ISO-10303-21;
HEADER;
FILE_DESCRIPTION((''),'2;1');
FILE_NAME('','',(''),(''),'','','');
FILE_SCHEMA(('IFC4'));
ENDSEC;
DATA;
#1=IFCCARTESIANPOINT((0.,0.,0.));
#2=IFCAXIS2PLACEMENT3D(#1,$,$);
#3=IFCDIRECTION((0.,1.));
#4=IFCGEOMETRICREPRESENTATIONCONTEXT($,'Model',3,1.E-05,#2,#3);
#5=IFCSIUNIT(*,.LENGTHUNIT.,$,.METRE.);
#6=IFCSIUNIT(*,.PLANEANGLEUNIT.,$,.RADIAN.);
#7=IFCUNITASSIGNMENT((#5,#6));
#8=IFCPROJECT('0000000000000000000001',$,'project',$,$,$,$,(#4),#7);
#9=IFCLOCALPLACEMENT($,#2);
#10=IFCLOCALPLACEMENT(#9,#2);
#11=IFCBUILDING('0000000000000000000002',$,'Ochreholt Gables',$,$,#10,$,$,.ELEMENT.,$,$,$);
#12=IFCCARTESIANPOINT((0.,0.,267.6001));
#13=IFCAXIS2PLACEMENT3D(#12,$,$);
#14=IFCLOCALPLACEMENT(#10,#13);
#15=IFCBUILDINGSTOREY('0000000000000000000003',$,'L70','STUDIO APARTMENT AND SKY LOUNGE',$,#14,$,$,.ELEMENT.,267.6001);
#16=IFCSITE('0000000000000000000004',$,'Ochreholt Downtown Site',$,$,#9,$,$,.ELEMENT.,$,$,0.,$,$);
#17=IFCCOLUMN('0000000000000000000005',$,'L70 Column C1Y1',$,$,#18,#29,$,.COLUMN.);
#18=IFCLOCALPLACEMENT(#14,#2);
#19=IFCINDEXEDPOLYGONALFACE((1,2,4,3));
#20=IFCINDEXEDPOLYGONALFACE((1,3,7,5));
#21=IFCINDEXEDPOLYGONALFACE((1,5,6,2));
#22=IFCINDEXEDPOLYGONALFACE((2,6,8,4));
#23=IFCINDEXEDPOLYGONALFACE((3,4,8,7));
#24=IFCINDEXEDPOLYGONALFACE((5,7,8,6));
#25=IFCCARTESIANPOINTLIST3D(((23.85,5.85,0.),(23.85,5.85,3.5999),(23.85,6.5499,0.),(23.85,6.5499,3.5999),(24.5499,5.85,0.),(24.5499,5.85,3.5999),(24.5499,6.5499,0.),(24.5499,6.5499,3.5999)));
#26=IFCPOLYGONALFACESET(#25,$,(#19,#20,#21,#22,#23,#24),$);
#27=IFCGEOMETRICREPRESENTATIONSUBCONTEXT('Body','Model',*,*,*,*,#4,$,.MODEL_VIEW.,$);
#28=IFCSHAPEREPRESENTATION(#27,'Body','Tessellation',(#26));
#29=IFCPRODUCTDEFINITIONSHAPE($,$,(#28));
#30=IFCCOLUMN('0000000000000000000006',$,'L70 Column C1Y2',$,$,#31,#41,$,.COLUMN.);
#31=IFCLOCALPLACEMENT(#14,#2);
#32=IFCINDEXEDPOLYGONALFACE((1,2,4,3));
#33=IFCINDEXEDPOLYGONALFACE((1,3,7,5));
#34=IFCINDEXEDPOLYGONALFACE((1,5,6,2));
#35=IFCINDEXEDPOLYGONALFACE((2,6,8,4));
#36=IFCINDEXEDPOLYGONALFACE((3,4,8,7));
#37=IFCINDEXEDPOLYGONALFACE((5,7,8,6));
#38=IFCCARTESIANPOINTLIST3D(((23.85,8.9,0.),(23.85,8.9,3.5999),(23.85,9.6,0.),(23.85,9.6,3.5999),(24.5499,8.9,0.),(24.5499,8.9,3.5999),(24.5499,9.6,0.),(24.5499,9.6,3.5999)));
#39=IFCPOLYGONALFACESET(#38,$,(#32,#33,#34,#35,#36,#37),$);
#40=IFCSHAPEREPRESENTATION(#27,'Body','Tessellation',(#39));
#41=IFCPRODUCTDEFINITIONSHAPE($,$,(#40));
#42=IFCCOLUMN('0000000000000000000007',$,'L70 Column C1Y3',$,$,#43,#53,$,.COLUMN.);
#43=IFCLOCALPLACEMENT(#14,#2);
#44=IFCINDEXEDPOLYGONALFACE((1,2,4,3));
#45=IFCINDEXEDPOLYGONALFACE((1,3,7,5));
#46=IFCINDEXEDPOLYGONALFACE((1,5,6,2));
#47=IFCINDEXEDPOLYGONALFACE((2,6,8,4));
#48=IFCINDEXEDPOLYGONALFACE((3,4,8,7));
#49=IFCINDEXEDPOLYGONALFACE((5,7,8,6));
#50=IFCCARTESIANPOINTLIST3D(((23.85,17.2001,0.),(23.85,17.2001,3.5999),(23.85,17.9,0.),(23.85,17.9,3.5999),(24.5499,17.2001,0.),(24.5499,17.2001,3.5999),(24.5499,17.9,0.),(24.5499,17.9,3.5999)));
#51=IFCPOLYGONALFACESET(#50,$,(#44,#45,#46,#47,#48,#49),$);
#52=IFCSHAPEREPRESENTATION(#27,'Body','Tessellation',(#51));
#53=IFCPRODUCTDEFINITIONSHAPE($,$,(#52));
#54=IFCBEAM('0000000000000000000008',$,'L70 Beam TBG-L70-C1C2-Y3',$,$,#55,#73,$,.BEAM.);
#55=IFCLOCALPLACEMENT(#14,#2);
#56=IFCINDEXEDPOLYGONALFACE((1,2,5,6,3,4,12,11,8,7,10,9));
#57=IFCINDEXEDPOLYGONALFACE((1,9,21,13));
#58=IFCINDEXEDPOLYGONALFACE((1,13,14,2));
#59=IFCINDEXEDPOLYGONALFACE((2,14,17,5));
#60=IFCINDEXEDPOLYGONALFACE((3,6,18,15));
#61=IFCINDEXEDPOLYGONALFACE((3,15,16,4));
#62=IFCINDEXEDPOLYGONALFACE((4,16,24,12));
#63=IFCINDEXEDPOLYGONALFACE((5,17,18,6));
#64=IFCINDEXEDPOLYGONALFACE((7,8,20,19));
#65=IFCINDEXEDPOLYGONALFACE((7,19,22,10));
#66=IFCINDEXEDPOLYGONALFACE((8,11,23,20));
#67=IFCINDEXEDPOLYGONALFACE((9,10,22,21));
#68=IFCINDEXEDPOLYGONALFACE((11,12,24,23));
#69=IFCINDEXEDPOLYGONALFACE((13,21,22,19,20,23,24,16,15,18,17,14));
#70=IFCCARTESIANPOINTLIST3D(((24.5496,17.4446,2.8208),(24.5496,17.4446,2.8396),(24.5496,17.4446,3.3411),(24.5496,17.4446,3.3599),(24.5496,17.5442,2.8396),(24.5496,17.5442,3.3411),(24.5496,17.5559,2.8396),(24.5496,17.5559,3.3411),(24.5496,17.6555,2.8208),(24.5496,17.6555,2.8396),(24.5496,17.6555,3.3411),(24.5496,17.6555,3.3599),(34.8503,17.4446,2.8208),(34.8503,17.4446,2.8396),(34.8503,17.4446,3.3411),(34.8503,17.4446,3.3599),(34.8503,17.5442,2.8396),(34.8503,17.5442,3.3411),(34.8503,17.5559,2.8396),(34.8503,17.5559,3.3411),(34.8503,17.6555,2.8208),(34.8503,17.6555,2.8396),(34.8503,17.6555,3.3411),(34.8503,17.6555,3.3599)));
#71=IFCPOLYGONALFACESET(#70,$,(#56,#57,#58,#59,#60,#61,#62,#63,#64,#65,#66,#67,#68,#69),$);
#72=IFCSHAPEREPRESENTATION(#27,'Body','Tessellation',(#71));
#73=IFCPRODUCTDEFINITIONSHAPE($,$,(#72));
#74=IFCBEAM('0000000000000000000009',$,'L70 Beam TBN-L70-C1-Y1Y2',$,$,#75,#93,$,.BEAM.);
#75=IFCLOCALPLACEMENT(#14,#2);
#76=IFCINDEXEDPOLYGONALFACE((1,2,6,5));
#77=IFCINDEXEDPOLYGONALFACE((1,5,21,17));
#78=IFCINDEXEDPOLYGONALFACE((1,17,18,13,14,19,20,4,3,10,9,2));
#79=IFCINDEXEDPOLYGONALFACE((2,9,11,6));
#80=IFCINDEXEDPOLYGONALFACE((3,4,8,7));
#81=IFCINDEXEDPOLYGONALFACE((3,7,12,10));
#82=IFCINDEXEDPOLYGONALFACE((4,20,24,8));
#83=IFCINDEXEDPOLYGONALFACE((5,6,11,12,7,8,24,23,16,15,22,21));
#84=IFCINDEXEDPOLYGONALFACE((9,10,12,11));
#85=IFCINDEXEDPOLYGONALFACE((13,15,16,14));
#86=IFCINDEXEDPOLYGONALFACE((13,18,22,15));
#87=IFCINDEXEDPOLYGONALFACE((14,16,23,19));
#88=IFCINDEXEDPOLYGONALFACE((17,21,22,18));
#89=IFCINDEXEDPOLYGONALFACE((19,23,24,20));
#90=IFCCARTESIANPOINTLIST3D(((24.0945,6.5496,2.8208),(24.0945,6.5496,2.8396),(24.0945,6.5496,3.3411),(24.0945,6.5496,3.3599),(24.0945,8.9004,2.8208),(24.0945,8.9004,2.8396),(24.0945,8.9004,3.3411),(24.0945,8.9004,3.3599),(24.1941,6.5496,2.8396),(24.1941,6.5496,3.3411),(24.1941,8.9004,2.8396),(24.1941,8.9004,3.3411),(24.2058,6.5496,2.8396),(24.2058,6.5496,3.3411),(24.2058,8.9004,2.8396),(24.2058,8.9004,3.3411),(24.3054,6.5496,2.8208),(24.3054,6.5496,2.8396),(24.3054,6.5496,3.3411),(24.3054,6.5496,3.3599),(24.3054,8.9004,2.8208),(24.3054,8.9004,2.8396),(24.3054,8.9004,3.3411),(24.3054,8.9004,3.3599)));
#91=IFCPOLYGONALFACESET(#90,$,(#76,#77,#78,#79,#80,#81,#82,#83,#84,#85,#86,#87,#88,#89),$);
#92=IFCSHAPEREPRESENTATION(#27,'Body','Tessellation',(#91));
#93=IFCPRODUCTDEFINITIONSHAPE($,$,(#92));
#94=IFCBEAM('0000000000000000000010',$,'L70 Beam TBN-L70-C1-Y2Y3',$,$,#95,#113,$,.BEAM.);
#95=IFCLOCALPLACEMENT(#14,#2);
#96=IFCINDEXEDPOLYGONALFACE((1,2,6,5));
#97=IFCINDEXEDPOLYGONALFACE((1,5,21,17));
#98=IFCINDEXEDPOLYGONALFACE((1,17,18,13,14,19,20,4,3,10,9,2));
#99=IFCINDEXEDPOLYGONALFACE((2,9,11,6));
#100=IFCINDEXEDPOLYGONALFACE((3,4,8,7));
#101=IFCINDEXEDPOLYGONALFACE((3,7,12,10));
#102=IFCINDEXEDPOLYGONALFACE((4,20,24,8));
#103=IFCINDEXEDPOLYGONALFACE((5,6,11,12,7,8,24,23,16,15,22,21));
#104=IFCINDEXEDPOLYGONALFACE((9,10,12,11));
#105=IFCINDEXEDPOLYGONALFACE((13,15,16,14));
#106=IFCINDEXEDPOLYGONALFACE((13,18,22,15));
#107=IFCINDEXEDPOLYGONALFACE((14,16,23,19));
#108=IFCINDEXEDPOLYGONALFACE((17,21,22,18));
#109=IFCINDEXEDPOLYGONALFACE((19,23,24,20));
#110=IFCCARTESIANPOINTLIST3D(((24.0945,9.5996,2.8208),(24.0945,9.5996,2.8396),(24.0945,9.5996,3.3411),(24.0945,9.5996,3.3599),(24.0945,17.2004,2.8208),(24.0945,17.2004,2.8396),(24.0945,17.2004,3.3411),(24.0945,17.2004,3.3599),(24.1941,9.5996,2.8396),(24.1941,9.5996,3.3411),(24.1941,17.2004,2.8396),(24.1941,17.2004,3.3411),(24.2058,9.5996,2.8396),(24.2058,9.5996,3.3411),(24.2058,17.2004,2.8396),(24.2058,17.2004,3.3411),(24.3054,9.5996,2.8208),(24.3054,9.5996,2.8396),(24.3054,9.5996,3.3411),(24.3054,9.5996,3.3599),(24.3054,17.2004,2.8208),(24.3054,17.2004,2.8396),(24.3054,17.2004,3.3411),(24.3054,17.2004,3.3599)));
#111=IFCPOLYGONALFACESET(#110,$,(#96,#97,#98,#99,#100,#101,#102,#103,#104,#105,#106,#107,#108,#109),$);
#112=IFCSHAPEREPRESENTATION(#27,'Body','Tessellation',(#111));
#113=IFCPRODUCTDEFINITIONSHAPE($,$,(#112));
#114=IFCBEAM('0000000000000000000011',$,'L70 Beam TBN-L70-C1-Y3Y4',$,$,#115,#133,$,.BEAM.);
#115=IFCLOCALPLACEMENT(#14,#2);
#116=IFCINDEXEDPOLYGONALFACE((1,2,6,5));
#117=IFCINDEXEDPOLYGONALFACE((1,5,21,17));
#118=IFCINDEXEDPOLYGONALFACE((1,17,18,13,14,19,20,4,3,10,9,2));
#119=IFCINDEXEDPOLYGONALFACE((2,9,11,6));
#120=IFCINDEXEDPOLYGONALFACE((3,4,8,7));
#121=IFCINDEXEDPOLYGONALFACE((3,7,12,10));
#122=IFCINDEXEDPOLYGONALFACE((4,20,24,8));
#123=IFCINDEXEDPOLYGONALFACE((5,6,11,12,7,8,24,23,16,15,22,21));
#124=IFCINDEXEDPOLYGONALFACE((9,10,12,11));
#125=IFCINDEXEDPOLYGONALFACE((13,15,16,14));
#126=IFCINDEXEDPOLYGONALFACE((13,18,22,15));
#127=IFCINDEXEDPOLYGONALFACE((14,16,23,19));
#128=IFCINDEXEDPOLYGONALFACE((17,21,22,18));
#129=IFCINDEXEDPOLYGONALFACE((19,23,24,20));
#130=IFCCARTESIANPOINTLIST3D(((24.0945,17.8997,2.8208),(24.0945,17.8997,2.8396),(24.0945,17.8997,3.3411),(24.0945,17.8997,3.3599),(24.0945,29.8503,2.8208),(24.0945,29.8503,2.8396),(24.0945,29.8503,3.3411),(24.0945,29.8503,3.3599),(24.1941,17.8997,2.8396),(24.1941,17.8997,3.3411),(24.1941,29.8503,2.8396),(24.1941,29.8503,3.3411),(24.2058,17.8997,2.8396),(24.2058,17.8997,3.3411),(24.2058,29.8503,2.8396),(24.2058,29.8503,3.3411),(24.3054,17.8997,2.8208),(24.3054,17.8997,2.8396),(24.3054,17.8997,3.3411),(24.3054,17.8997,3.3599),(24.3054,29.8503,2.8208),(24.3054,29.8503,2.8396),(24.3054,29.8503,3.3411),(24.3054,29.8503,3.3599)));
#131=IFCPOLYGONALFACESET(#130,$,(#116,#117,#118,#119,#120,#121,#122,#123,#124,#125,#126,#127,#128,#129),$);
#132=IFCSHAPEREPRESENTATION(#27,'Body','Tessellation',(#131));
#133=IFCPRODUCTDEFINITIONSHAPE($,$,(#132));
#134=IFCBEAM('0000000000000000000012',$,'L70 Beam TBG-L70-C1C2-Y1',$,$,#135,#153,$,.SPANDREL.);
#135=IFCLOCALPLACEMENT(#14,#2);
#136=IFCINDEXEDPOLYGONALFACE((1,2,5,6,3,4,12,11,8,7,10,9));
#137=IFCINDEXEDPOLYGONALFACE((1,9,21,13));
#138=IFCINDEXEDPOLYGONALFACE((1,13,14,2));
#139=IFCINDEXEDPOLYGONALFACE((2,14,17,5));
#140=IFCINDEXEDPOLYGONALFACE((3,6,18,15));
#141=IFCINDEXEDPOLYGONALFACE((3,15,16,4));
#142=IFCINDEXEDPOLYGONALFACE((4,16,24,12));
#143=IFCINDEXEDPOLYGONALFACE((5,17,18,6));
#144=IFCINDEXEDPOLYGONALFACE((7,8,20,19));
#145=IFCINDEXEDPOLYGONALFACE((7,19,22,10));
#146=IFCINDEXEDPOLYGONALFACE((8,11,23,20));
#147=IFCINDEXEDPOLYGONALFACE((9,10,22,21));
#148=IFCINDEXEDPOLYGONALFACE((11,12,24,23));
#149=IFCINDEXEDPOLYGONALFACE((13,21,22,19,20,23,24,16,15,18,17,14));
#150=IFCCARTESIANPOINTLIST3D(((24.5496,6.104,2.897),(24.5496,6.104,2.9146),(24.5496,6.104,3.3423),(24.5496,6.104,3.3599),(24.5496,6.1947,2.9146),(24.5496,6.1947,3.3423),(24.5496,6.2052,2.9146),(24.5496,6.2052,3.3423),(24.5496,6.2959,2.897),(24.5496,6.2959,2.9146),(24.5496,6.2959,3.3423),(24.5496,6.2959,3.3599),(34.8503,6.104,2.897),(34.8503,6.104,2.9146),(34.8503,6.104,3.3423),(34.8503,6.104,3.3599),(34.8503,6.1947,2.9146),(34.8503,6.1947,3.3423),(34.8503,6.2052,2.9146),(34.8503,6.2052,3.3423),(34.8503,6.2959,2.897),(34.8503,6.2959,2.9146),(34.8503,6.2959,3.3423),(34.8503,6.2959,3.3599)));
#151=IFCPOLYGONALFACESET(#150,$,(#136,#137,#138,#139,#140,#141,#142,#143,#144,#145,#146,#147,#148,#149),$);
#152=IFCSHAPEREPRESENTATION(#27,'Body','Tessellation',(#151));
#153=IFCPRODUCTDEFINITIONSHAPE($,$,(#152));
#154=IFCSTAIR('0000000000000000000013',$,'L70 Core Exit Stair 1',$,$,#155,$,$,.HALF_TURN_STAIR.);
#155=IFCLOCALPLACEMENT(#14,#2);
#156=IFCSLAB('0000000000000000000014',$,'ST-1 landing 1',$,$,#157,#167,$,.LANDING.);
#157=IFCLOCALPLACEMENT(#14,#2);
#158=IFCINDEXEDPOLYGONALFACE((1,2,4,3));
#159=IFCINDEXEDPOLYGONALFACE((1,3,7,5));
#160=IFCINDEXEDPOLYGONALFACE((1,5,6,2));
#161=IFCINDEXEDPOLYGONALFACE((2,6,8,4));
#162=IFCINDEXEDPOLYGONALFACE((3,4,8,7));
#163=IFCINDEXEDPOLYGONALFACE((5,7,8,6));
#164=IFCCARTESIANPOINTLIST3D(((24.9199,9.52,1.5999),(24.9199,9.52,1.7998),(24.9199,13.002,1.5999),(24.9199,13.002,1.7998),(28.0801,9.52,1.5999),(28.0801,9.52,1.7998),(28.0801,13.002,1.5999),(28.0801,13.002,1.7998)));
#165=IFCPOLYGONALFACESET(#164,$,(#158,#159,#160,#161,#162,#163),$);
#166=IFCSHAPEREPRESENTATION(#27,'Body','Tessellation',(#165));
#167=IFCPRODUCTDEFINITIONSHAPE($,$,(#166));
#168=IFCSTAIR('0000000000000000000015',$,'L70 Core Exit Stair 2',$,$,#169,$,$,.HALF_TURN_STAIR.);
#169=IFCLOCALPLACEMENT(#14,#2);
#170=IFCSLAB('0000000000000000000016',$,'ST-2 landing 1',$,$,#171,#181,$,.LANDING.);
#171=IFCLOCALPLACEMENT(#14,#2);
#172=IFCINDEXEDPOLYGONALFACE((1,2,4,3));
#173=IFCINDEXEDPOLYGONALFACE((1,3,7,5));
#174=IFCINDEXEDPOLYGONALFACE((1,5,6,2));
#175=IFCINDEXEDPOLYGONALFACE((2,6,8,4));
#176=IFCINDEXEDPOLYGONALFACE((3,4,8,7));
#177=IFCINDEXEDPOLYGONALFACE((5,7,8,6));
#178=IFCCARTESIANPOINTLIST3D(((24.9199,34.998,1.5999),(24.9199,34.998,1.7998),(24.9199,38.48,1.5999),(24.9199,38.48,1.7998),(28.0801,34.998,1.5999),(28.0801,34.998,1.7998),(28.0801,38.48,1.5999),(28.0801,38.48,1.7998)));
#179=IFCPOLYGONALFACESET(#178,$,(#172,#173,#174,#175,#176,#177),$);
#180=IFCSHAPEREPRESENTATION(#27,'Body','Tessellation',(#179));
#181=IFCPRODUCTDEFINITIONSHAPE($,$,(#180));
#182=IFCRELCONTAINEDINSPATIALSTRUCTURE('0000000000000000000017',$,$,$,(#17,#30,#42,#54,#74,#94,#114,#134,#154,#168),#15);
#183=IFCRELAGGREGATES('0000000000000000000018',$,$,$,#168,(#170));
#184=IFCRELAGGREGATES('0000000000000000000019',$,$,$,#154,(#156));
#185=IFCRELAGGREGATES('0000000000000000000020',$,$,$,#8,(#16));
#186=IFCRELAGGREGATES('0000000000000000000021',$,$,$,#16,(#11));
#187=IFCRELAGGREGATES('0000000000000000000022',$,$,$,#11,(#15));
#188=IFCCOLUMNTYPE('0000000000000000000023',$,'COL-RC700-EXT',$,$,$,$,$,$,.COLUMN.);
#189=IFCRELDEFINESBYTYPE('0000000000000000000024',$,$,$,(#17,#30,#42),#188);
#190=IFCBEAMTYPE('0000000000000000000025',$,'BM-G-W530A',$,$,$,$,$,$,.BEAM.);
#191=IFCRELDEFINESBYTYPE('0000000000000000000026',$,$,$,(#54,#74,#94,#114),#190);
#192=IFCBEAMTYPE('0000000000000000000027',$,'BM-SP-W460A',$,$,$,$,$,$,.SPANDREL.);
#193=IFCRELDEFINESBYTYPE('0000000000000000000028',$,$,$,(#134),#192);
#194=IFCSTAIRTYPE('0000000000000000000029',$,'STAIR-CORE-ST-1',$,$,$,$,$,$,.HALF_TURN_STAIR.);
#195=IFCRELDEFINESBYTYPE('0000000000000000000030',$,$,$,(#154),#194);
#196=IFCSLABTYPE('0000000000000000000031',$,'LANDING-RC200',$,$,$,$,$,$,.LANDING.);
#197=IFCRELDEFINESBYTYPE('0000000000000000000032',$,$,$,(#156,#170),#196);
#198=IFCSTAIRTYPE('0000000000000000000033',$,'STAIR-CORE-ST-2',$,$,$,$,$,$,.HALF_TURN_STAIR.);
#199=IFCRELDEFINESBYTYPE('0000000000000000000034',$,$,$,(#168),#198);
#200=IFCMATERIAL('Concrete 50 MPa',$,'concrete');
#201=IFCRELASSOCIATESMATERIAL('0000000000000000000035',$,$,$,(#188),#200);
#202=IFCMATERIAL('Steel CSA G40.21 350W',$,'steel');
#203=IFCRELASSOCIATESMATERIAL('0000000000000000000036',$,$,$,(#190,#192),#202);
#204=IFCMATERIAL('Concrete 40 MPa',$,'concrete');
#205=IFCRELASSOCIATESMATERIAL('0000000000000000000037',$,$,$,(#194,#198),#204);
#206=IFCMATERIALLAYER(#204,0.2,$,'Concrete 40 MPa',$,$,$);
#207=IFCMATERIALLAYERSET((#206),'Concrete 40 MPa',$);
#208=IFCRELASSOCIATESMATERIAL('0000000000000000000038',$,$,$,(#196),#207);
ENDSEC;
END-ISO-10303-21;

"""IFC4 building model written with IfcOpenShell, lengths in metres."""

from ifc_helpers import new_model, si_unit, direction, frame, origin, origin_2d, place, context, subcontext, project, spatial, polyline, rectangle, i_section, outline, extrude, material, layer, layer_set, material_profile, profile_set, type_object, element, aggregate, save


model = new_model("IFC4")

# Units and contexts
model_context = context("Model", 3, precision=1e-05, world=origin(), true_north=direction((0.0, 1.0)))
body_context = subcontext(model_context, "Body", "Model", "MODEL_VIEW")
ifc_project = project(units=[si_unit("LENGTHUNIT", "METRE"), si_unit("PLANEANGLEUNIT", "RADIAN")], contexts=[model_context])

# Site, building, storey
site_placement = place(None, origin())
site = spatial("IfcSite", under=ifc_project, at=site_placement, Name="Ochreholt Downtown Site", CompositionType="ELEMENT", RefElevation=0.0)
building_placement = place(site_placement, origin())
building = spatial("IfcBuilding", under=site, at=building_placement, Name="Ochreholt Gables", CompositionType="ELEMENT")
storey_placement = place(building_placement, frame((0.0, 0.0, 267.6001)))
storey = spatial("IfcBuildingStorey", under=building, at=storey_placement, Name="L70", Description="STUDIO APARTMENT AND SKY LOUNGE", CompositionType="ELEMENT", Elevation=267.6001)

# Columns
ifc_material_1 = material(Name="Concrete 50 MPa", Category="concrete")
ifc_material_profile_1 = material_profile(ifc_material_1, rectangle(XDim=0.7, YDim=0.7, at=origin_2d()), Name="RC700X700")
ifc_profile_set_1 = profile_set([ifc_material_profile_1], Name="Concrete 50 MPa")
column_type = type_object("IfcColumnType", Name="COL-RC700-EXT", PredefinedType="COLUMN", material=ifc_profile_set_1)
for number, where, z_axis, x_axis, name in (
    (1, (24.2, 6.2, 0.0), (0.0, 0.0, 1.0), (1.0, 0.0, 0.0), "L70 Column C1Y1"),
    (2, (24.2, 9.25, 0.0), (0.0, 0.0, 1.0), (1.0, 0.0, 0.0), "L70 Column C1Y2"),
    (3, (24.2, 17.55, 0.0), (0.0, 0.0, 1.0), (1.0, 0.0, 0.0), "L70 Column C1Y3"),
):
    element("IfcColumn", number, at=place(storey_placement, frame(where, z_axis=z_axis, x_axis=x_axis)), inside=storey, type_object=column_type, Name=name, PredefinedType="COLUMN", context=body_context, shape_type="SweptSolid", body=[
        extrude(rectangle(XDim=0.7, YDim=0.7, at=origin_2d()), origin(), (0.0, 0.0, 1.0), 3.5999),
    ])

# Beams
ifc_material_2 = material(Name="Steel CSA G40.21 350W", Category="steel")
ifc_material_profile_2 = material_profile(ifc_material_2, i_section(OverallWidth=0.2109, OverallDepth=0.5391, WebThickness=0.0117, FlangeThickness=0.0188, at=origin_2d()), Name="W530X109")
ifc_profile_set_2 = profile_set([ifc_material_profile_2], Name="Steel CSA G40.21 350W")
beam_type_1 = type_object("IfcBeamType", Name="BM-G-W530A", PredefinedType="BEAM", material=ifc_profile_set_2)
beam_1_placement = place(storey_placement, frame((24.5496, 17.55, 3.0903), z_axis=(1.0, 0.0, 0.0), x_axis=(0.0, 1.0, 0.0)))
element("IfcBeam", 4, at=beam_1_placement, inside=storey, type_object=beam_type_1, Name="L70 Beam TBG-L70-C1C2-Y3", PredefinedType="BEAM", context=body_context, shape_type="SweptSolid", body=[
    extrude(i_section(OverallWidth=0.2109, OverallDepth=0.5391, WebThickness=0.0117, FlangeThickness=0.0188, at=origin_2d()), origin(), (0.0, 0.0, 1.0), 10.3008),
])
beam_2_placement = place(storey_placement, frame((24.2, 6.5496, 3.0903), z_axis=(0.0, 1.0, 0.0), x_axis=(-1.0, 0.0, 0.0)))
element("IfcBeam", 5, at=beam_2_placement, inside=storey, type_object=beam_type_1, Name="L70 Beam TBN-L70-C1-Y1Y2", PredefinedType="BEAM", context=body_context, shape_type="SweptSolid", body=[
    extrude(i_section(OverallWidth=0.2109, OverallDepth=0.5391, WebThickness=0.0117, FlangeThickness=0.0188, at=origin_2d()), origin(), (0.0, 0.0, 1.0), 2.3508),
])
beam_3_placement = place(storey_placement, frame((24.2, 9.5996, 3.0903), z_axis=(0.0, 1.0, 0.0), x_axis=(-1.0, 0.0, 0.0)))
element("IfcBeam", 6, at=beam_3_placement, inside=storey, type_object=beam_type_1, Name="L70 Beam TBN-L70-C1-Y2Y3", PredefinedType="BEAM", context=body_context, shape_type="SweptSolid", body=[
    extrude(i_section(OverallWidth=0.2109, OverallDepth=0.5391, WebThickness=0.0117, FlangeThickness=0.0188, at=origin_2d()), origin(), (0.0, 0.0, 1.0), 7.6008),
])
beam_4_placement = place(storey_placement, frame((24.2, 17.8997, 3.0903), z_axis=(0.0, 1.0, 0.0), x_axis=(-1.0, 0.0, 0.0)))
element("IfcBeam", 7, at=beam_4_placement, inside=storey, type_object=beam_type_1, Name="L70 Beam TBN-L70-C1-Y3Y4", PredefinedType="BEAM", context=body_context, shape_type="SweptSolid", body=[
    extrude(i_section(OverallWidth=0.2109, OverallDepth=0.5391, WebThickness=0.0117, FlangeThickness=0.0188, at=origin_2d()), origin(), (0.0, 0.0, 1.0), 11.9507),
])
ifc_material_profile_3 = material_profile(ifc_material_2, i_section(OverallWidth=0.1919, OverallDepth=0.4629, WebThickness=0.0105, FlangeThickness=0.0176, at=origin_2d()), Name="W460X89")
ifc_profile_set_3 = profile_set([ifc_material_profile_3], Name="Steel CSA G40.21 350W")
beam_type_2 = type_object("IfcBeamType", Name="BM-SP-W460A", PredefinedType="SPANDREL", material=ifc_profile_set_3)
beam_5_placement = place(storey_placement, frame((24.5496, 6.2, 3.1284), z_axis=(1.0, 0.0, 0.0), x_axis=(0.0, 1.0, 0.0)))
element("IfcBeam", 8, at=beam_5_placement, inside=storey, type_object=beam_type_2, Name="L70 Beam TBG-L70-C1C2-Y1", PredefinedType="SPANDREL", context=body_context, shape_type="SweptSolid", body=[
    extrude(i_section(OverallWidth=0.1919, OverallDepth=0.4629, WebThickness=0.0105, FlangeThickness=0.0176, at=origin_2d()), origin(), (0.0, 0.0, 1.0), 10.3008),
])

# Stairs, slabs
ifc_material_3 = material(Name="Concrete 40 MPa", Category="concrete")
stair_type_1 = type_object("IfcStairType", Name="STAIR-CORE-ST-1", PredefinedType="HALF_TURN_STAIR", material=ifc_material_3)
stair_1_placement = place(storey_placement, origin())
stair_1 = element("IfcStair", 9, at=stair_1_placement, inside=storey, type_object=stair_type_1, Name="L70 Core Exit Stair 1", PredefinedType="HALF_TURN_STAIR")
ifc_layer_1 = layer(ifc_material_3, 0.2, Name="Concrete 40 MPa")
ifc_layer_set_1 = layer_set([ifc_layer_1], Name="Concrete 40 MPa")
slab_type_1 = type_object("IfcSlabType", Name="LANDING-RC200", PredefinedType="LANDING", material=ifc_layer_set_1)
slab_1_placement = place(storey_placement, frame((0.0, 0.0, 1.5999)))
slab_1 = element("IfcSlab", 10, at=slab_1_placement, type_object=slab_type_1, Name="ST-1 landing 1", PredefinedType="LANDING", context=body_context, shape_type="SweptSolid", body=[
    extrude(outline(polyline([(24.9199, 13.002), (24.9199, 9.52), (28.0801, 9.52), (28.0801, 13.002), (24.9199, 13.002)])), origin(), (0.0, 0.0, 1.0), 0.2),
])
stair_type_2 = type_object("IfcStairType", Name="STAIR-CORE-ST-2", PredefinedType="HALF_TURN_STAIR", material=ifc_material_3)
stair_2_placement = place(storey_placement, origin())
stair_2 = element("IfcStair", 11, at=stair_2_placement, inside=storey, type_object=stair_type_2, Name="L70 Core Exit Stair 2", PredefinedType="HALF_TURN_STAIR")
slab_2_placement = place(storey_placement, frame((0.0, 0.0, 1.5999)))
slab_2 = element("IfcSlab", 12, at=slab_2_placement, type_object=slab_type_1, Name="ST-2 landing 1", PredefinedType="LANDING", context=body_context, shape_type="SweptSolid", body=[
    extrude(outline(polyline([(28.0801, 34.998), (28.0801, 38.48), (24.9199, 38.48), (24.9199, 34.998), (28.0801, 34.998)])), origin(), (0.0, 0.0, 1.0), 0.2),
])
aggregate(stair_2, [slab_2])

aggregate(stair_1, [slab_1])

save(model, "model.ifc")
